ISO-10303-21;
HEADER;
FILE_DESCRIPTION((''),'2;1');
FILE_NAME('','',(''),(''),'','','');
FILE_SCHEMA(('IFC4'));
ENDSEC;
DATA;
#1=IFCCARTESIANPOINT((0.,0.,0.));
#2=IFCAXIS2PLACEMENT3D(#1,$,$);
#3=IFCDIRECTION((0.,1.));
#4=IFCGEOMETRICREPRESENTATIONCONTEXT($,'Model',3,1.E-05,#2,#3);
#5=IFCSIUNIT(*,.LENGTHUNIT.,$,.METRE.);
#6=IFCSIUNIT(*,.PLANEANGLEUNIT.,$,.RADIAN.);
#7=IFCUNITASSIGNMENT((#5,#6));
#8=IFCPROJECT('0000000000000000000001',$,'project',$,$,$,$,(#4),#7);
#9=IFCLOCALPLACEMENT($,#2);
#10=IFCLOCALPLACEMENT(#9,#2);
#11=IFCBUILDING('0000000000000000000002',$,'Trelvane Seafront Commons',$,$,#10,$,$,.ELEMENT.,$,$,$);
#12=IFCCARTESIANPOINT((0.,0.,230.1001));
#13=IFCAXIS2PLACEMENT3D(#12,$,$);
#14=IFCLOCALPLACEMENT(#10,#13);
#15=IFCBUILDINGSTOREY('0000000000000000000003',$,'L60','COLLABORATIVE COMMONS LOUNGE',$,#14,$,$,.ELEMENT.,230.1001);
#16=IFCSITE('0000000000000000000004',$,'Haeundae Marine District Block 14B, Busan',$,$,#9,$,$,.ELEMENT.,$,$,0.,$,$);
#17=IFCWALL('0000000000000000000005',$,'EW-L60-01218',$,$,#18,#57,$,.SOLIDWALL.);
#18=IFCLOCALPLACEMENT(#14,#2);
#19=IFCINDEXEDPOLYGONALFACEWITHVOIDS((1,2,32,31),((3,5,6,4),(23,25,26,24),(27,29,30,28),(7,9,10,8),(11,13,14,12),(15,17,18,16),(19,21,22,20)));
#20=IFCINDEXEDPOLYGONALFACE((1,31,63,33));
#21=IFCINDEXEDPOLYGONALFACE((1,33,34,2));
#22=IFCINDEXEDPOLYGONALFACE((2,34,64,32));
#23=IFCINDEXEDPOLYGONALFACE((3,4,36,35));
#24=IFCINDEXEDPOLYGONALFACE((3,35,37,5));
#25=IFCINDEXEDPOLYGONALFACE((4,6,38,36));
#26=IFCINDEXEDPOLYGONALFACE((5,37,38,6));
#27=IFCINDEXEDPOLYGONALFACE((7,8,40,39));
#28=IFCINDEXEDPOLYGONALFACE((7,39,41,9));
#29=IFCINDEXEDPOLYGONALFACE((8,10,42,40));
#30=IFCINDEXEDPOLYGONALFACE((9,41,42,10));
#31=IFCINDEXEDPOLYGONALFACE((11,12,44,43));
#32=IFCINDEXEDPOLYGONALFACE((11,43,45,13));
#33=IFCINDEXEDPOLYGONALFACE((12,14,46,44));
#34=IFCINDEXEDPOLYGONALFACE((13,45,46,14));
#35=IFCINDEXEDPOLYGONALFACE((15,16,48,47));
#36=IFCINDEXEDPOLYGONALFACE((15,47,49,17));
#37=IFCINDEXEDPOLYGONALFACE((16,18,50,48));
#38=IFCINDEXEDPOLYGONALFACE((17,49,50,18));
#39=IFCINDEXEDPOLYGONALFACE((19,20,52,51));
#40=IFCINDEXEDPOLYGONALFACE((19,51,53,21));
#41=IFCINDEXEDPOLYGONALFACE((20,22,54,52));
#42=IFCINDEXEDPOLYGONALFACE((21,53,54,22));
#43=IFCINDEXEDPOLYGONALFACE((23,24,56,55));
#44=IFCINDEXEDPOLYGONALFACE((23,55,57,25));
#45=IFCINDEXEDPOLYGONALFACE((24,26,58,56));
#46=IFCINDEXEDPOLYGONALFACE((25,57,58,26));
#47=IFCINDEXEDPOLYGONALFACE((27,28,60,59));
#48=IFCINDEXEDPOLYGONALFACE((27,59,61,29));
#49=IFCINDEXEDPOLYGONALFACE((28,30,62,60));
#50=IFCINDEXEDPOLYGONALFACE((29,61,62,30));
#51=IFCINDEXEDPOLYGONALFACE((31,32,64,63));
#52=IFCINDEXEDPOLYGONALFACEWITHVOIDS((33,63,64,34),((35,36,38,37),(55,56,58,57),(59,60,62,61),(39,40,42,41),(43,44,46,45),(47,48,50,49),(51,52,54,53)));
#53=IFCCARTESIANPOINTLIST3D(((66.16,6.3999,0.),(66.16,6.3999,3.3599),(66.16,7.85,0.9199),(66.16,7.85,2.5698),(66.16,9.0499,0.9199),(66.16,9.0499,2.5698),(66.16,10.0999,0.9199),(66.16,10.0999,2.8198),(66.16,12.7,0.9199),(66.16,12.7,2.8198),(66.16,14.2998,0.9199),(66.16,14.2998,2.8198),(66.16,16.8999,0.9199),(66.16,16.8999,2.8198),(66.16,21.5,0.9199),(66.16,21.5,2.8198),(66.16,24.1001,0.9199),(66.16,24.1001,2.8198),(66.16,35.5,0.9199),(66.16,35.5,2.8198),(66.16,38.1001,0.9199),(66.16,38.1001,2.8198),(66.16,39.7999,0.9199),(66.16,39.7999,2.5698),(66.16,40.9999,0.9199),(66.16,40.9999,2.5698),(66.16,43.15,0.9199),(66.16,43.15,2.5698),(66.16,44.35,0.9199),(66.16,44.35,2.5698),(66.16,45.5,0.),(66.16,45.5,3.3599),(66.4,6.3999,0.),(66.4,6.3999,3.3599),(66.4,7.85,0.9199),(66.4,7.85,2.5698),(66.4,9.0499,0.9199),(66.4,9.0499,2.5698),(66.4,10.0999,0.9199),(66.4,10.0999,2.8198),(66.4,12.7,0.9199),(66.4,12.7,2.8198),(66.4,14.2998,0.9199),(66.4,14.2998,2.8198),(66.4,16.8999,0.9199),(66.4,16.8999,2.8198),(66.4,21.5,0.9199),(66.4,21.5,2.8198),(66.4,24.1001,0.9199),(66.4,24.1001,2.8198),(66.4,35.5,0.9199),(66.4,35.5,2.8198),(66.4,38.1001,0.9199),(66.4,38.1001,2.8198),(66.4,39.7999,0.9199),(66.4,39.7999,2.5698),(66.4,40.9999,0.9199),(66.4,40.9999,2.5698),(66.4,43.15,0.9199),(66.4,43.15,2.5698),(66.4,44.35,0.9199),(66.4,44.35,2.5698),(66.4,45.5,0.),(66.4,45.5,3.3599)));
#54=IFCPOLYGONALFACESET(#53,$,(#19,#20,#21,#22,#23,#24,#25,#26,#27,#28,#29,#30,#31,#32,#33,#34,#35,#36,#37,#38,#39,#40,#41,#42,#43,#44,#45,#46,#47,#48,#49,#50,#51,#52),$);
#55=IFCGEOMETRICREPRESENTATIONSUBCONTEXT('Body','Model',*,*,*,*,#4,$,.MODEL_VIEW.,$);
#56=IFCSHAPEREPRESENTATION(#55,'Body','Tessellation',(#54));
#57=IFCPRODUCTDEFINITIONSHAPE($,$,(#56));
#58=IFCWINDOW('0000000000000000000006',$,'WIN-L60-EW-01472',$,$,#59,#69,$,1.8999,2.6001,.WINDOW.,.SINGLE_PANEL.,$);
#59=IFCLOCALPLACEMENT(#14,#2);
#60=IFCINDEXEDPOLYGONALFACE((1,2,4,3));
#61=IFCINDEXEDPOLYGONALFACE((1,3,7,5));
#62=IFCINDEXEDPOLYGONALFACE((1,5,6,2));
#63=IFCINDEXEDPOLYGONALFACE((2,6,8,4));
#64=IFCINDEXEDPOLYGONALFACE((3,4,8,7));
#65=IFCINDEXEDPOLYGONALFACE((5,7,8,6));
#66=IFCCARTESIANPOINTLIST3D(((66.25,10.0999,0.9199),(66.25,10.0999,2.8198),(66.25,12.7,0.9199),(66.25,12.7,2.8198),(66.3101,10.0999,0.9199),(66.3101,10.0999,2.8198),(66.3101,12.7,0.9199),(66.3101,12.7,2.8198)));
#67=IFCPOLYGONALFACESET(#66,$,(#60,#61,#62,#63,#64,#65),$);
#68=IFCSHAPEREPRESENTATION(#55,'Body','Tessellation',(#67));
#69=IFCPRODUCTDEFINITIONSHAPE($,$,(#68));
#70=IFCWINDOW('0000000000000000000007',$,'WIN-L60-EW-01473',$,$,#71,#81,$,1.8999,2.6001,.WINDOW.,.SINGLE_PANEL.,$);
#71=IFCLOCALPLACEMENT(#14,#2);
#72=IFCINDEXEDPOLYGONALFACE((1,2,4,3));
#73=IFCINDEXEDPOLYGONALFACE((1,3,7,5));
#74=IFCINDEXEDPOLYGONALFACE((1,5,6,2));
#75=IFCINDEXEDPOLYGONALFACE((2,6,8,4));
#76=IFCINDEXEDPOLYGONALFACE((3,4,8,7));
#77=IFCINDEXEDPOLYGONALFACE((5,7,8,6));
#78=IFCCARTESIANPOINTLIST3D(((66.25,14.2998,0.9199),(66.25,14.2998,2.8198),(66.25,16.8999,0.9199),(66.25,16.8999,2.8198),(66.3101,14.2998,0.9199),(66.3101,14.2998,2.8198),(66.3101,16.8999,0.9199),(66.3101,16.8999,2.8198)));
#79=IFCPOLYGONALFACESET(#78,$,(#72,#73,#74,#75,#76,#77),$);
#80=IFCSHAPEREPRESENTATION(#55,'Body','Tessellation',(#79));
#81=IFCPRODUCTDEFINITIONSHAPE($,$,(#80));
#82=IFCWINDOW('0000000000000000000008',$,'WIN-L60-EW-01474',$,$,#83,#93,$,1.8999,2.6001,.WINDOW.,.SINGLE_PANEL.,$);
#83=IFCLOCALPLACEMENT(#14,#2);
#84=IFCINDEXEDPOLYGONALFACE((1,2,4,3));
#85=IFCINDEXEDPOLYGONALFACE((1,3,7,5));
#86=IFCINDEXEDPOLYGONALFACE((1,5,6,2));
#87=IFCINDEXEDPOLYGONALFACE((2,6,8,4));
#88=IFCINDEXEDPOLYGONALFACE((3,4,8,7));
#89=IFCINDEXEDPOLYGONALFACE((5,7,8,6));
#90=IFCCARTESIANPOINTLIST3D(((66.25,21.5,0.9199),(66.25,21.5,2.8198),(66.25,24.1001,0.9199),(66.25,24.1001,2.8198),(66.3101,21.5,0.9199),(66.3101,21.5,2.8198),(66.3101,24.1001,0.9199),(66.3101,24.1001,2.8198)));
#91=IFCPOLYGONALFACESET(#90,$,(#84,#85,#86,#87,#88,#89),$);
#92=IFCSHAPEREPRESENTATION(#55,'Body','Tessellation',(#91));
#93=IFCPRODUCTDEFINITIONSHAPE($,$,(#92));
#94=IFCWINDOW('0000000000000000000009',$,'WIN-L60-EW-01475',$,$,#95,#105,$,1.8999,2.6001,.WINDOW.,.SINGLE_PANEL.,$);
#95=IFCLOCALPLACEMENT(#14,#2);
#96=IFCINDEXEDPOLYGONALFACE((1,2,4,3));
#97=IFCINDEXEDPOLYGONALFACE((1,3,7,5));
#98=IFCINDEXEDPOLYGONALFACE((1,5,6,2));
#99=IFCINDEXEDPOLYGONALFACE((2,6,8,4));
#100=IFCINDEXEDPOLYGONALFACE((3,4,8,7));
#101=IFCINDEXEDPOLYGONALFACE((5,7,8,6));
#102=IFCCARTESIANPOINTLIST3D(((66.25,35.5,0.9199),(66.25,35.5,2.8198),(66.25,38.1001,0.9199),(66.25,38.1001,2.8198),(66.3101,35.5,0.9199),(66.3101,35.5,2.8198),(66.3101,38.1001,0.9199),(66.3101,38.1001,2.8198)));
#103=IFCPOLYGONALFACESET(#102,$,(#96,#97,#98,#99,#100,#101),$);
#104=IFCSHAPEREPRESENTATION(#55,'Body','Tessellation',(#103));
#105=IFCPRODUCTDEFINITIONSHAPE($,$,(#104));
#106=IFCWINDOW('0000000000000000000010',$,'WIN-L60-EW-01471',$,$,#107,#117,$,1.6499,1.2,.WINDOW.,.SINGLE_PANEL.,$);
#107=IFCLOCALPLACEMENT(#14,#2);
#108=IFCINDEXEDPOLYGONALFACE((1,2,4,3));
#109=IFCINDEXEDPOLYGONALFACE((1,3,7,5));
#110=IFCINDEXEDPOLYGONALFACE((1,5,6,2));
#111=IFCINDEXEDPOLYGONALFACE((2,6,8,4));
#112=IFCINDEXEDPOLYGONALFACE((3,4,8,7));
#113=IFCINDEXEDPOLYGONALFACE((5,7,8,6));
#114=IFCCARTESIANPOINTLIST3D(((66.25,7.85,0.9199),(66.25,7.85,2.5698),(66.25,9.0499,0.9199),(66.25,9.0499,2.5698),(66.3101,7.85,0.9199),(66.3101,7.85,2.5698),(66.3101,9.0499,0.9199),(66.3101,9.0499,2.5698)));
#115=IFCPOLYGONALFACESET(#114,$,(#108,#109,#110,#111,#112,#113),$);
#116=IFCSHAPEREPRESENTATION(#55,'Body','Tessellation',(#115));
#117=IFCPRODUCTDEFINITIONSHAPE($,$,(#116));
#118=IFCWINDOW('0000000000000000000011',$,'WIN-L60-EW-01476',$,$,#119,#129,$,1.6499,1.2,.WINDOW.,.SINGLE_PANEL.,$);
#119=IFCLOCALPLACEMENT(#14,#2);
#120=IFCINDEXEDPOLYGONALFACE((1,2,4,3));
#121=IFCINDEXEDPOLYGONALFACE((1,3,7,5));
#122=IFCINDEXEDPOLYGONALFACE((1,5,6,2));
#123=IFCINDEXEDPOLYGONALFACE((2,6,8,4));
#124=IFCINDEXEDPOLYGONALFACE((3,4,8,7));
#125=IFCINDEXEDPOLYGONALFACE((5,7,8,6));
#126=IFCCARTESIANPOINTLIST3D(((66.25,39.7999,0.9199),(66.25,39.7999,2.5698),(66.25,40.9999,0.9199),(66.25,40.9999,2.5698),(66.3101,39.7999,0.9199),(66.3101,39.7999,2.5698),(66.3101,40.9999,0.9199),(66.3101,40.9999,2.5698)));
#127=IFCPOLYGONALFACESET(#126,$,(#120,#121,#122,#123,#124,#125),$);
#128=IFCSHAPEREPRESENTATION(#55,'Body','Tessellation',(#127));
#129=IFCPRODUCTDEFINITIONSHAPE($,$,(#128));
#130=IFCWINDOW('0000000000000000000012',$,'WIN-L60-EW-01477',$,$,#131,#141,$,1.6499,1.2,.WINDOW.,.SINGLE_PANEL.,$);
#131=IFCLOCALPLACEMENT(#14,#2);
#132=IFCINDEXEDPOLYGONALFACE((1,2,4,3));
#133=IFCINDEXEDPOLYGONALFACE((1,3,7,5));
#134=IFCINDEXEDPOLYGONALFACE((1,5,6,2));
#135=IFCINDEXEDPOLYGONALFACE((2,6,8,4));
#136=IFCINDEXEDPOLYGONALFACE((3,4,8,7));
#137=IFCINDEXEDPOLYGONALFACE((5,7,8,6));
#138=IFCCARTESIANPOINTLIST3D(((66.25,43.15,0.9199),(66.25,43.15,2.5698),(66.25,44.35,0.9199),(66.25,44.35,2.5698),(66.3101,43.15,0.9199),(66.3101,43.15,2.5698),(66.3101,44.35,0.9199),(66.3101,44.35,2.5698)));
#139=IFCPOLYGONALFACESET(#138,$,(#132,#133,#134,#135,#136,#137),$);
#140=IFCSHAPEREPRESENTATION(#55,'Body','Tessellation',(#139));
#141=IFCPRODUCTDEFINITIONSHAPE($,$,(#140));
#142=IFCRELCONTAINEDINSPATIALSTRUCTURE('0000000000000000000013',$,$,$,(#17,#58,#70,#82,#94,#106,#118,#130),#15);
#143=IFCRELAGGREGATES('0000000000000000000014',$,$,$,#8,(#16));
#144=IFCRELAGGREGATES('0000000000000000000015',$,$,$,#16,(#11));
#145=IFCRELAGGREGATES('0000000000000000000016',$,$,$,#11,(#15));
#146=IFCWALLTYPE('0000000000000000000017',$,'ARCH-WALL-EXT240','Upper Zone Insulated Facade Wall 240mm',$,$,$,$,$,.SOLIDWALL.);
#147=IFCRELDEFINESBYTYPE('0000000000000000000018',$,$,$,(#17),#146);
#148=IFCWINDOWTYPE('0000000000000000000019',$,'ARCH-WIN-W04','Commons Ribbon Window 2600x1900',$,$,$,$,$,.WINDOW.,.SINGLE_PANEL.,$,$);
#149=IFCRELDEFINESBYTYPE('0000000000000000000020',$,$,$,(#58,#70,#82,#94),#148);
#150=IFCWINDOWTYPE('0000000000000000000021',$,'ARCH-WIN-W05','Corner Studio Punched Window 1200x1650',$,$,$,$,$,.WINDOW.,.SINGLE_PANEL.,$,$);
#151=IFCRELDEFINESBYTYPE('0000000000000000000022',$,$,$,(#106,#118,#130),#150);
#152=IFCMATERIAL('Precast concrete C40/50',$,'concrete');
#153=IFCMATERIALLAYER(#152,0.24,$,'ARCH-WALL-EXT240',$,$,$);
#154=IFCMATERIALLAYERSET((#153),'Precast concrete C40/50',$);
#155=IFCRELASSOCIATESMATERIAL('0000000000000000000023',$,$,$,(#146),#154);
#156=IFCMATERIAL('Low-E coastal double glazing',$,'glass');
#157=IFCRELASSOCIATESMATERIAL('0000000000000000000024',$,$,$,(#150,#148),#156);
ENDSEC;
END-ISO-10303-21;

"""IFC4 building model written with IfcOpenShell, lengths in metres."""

from ifc_helpers import new_model, si_unit, direction, frame, frame_2d, origin, place, context, subcontext, project, spatial, rectangle, extrude, source, transform, mapped, material, layer, layer_set, type_object, element, fill, save


model = new_model("IFC4")

# Units and contexts
model_context = context("Model", 3, precision=1e-05, world=origin(), true_north=direction((0.0, 1.0)))
body_context = subcontext(model_context, "Body", "Model", "MODEL_VIEW")
ifc_project = project(units=[si_unit("LENGTHUNIT", "METRE"), si_unit("PLANEANGLEUNIT", "RADIAN")], contexts=[model_context])

# Site, building, storey
site_placement = place(None, origin())
site = spatial("IfcSite", under=ifc_project, at=site_placement, Name="Haeundae Marine District Block 14B, Busan", CompositionType="ELEMENT", RefElevation=0.0)
building_placement = place(site_placement, origin())
building = spatial("IfcBuilding", under=site, at=building_placement, Name="Trelvane Seafront Commons", CompositionType="ELEMENT")
storey_placement = place(building_placement, frame((0.0, 0.0, 230.1001)))
storey = spatial("IfcBuildingStorey", under=building, at=storey_placement, Name="L60", Description="COLLABORATIVE COMMONS LOUNGE", CompositionType="ELEMENT", Elevation=230.1001)

# Shared definitions
ifc_material_1 = material(Name="Low-E coastal double glazing", Category="glass")

# Shared definitions
ifc_material_2 = material(Name="Precast concrete C40/50", Category="concrete")
ifc_layer_1 = layer(ifc_material_2, 0.24, Name="ARCH-WALL-EXT240")
ifc_layer_set_1 = layer_set([ifc_layer_1], Name="Precast concrete C40/50")
wall_type_1 = type_object("IfcWallType", Name="ARCH-WALL-EXT240", Description="Upper Zone Insulated Facade Wall 240mm", PredefinedType="SOLIDWALL", material=ifc_layer_set_1)
window_type_1 = type_object("IfcWindowType", Name="ARCH-WIN-W05", Description="Corner Studio Punched Window 1200x1650", PartitioningType="SINGLE_PANEL", PredefinedType="WINDOW", material=ifc_material_1)
shared_shape_1 = source(origin(), body_context, "Body", "SweptSolid", [
    extrude(rectangle(XDim=1.2, YDim=1.6499, at=frame_2d((0.6001, 0.825))), frame((0.0, 0.03, 0.0), z_axis=(0.0, -1.0, 0.0), x_axis=(1.0, 0.0, 0.0)), (0.0, 0.0, 1.0), 0.0601),
])

# Wall, openings, windows
wall_1_placement = place(storey_placement, frame((66.28, 45.5, 0.0), z_axis=(0.0, 0.0, 1.0), x_axis=(0.0, -1.0, 0.0)))
wall_1 = element("IfcWall", 1, at=wall_1_placement, inside=storey, type_object=wall_type_1, Name="EW-L60-01218", PredefinedType="SOLIDWALL", context=body_context, shape_type="SweptSolid", body=[
    extrude(rectangle(XDim=39.1001, YDim=0.24, at=frame_2d((19.55, 0.0))), origin(), (0.0, 0.0, 1.0), 3.3599),
])
opening_1_placement = place(wall_1_placement, frame((36.45, 0.0, 0.9199)))
opening_1 = element("IfcOpeningElement", 2, at=opening_1_placement, cuts=wall_1, PredefinedType="OPENING", context=body_context, shape_type="SweptSolid", body=[
    extrude(rectangle(XDim=1.2, YDim=1.6499, at=frame_2d((0.6001, 0.825))), frame((0.0, 0.1299, 0.0), z_axis=(0.0, -1.0, 0.0), x_axis=(1.0, 0.0, 0.0)), (0.0, 0.0, 1.0), 0.26),
])
opening_2_placement = place(wall_1_placement, frame((32.8, 0.0, 0.9199)))
opening_2 = element("IfcOpeningElement", 3, at=opening_2_placement, cuts=wall_1, PredefinedType="OPENING", context=body_context, shape_type="SweptSolid", body=[
    extrude(rectangle(XDim=2.6001, YDim=1.8999, at=frame_2d((1.3, 0.95))), frame((0.0, 0.1299, 0.0), z_axis=(0.0, -1.0, 0.0), x_axis=(1.0, 0.0, 0.0)), (0.0, 0.0, 1.0), 0.26),
])
opening_3_placement = place(wall_1_placement, frame((28.6001, 0.0, 0.9199)))
opening_3 = element("IfcOpeningElement", 4, at=opening_3_placement, cuts=wall_1, PredefinedType="OPENING", context=body_context, shape_type="SweptSolid", body=[
    extrude(rectangle(XDim=2.6001, YDim=1.8999, at=frame_2d((1.3, 0.95))), frame((0.0, 0.1299, 0.0), z_axis=(0.0, -1.0, 0.0), x_axis=(1.0, 0.0, 0.0)), (0.0, 0.0, 1.0), 0.26),
])
opening_4_placement = place(wall_1_placement, frame((21.3999, 0.0, 0.9199)))
opening_4 = element("IfcOpeningElement", 5, at=opening_4_placement, cuts=wall_1, PredefinedType="OPENING", context=body_context, shape_type="SweptSolid", body=[
    extrude(rectangle(XDim=2.6001, YDim=1.8999, at=frame_2d((1.3, 0.95))), frame((0.0, 0.1299, 0.0), z_axis=(0.0, -1.0, 0.0), x_axis=(1.0, 0.0, 0.0)), (0.0, 0.0, 1.0), 0.26),
])
opening_5_placement = place(wall_1_placement, frame((7.3999, 0.0, 0.9199)))
opening_5 = element("IfcOpeningElement", 6, at=opening_5_placement, cuts=wall_1, PredefinedType="OPENING", context=body_context, shape_type="SweptSolid", body=[
    extrude(rectangle(XDim=2.6001, YDim=1.8999, at=frame_2d((1.3, 0.95))), frame((0.0, 0.1299, 0.0), z_axis=(0.0, -1.0, 0.0), x_axis=(1.0, 0.0, 0.0)), (0.0, 0.0, 1.0), 0.26),
])
opening_6_placement = place(wall_1_placement, frame((4.5, 0.0, 0.9199)))
opening_6 = element("IfcOpeningElement", 7, at=opening_6_placement, cuts=wall_1, PredefinedType="OPENING", context=body_context, shape_type="SweptSolid", body=[
    extrude(rectangle(XDim=1.2, YDim=1.6499, at=frame_2d((0.6001, 0.825))), frame((0.0, 0.1299, 0.0), z_axis=(0.0, -1.0, 0.0), x_axis=(1.0, 0.0, 0.0)), (0.0, 0.0, 1.0), 0.26),
])
opening_7_placement = place(wall_1_placement, frame((1.1499, 0.0, 0.9199)))
opening_7 = element("IfcOpeningElement", 8, at=opening_7_placement, cuts=wall_1, PredefinedType="OPENING", context=body_context, shape_type="SweptSolid", body=[
    extrude(rectangle(XDim=1.2, YDim=1.6499, at=frame_2d((0.6001, 0.825))), frame((0.0, 0.1299, 0.0), z_axis=(0.0, -1.0, 0.0), x_axis=(1.0, 0.0, 0.0)), (0.0, 0.0, 1.0), 0.26),
])
window_type_2 = type_object("IfcWindowType", Name="ARCH-WIN-W04", Description="Commons Ribbon Window 2600x1900", PartitioningType="SINGLE_PANEL", PredefinedType="WINDOW", material=ifc_material_1)
shared_shape_2 = source(origin(), body_context, "Body", "SweptSolid", [
    extrude(rectangle(XDim=2.6001, YDim=1.8999, at=frame_2d((1.3, 0.95))), frame((0.0, 0.03, 0.0), z_axis=(0.0, -1.0, 0.0), x_axis=(1.0, 0.0, 0.0)), (0.0, 0.0, 1.0), 0.0601),
])
window_1_placement = place(opening_2_placement, origin())
window_1 = element("IfcWindow", 9, at=window_1_placement, inside=storey, type_object=window_type_2, Name="WIN-L60-EW-01472", OverallHeight=1.8999, OverallWidth=2.6001, PartitioningType="SINGLE_PANEL", PredefinedType="WINDOW", context=body_context, shape_type="MappedRepresentation", body=[
    mapped(shared_shape_2, transform((0.0, 0.0, 0.0), x_axis=(1.0, 0.0, 0.0), y_axis=(0.0, 1.0, 0.0), z_axis=(0.0, 0.0, 1.0), scale=1.0)),
])
fill(opening_2, window_1)
window_2_placement = place(opening_3_placement, origin())
window_2 = element("IfcWindow", 10, at=window_2_placement, inside=storey, type_object=window_type_2, Name="WIN-L60-EW-01473", OverallHeight=1.8999, OverallWidth=2.6001, PartitioningType="SINGLE_PANEL", PredefinedType="WINDOW", context=body_context, shape_type="MappedRepresentation", body=[
    mapped(shared_shape_2, transform((0.0, 0.0, 0.0), x_axis=(1.0, 0.0, 0.0), y_axis=(0.0, 1.0, 0.0), z_axis=(0.0, 0.0, 1.0), scale=1.0)),
])
fill(opening_3, window_2)
window_3_placement = place(opening_4_placement, origin())
window_3 = element("IfcWindow", 11, at=window_3_placement, inside=storey, type_object=window_type_2, Name="WIN-L60-EW-01474", OverallHeight=1.8999, OverallWidth=2.6001, PartitioningType="SINGLE_PANEL", PredefinedType="WINDOW", context=body_context, shape_type="MappedRepresentation", body=[
    mapped(shared_shape_2, transform((0.0, 0.0, 0.0), x_axis=(1.0, 0.0, 0.0), y_axis=(0.0, 1.0, 0.0), z_axis=(0.0, 0.0, 1.0), scale=1.0)),
])
fill(opening_4, window_3)
window_4_placement = place(opening_5_placement, origin())
window_4 = element("IfcWindow", 12, at=window_4_placement, inside=storey, type_object=window_type_2, Name="WIN-L60-EW-01475", OverallHeight=1.8999, OverallWidth=2.6001, PartitioningType="SINGLE_PANEL", PredefinedType="WINDOW", context=body_context, shape_type="MappedRepresentation", body=[
    mapped(shared_shape_2, transform((0.0, 0.0, 0.0), x_axis=(1.0, 0.0, 0.0), y_axis=(0.0, 1.0, 0.0), z_axis=(0.0, 0.0, 1.0), scale=1.0)),
])
fill(opening_5, window_4)
window_5_placement = place(opening_1_placement, origin())
window_5 = element("IfcWindow", 13, at=window_5_placement, inside=storey, type_object=window_type_1, Name="WIN-L60-EW-01471", OverallHeight=1.6499, OverallWidth=1.2, PartitioningType="SINGLE_PANEL", PredefinedType="WINDOW", context=body_context, shape_type="MappedRepresentation", body=[
    mapped(shared_shape_1, transform((0.0, 0.0, 0.0), x_axis=(1.0, 0.0, 0.0), y_axis=(0.0, 1.0, 0.0), z_axis=(0.0, 0.0, 1.0), scale=1.0)),
])
fill(opening_1, window_5)
window_6_placement = place(opening_6_placement, origin())
window_6 = element("IfcWindow", 14, at=window_6_placement, inside=storey, type_object=window_type_1, Name="WIN-L60-EW-01476", OverallHeight=1.6499, OverallWidth=1.2, PartitioningType="SINGLE_PANEL", PredefinedType="WINDOW", context=body_context, shape_type="MappedRepresentation", body=[
    mapped(shared_shape_1, transform((0.0, 0.0, 0.0), x_axis=(1.0, 0.0, 0.0), y_axis=(0.0, 1.0, 0.0), z_axis=(0.0, 0.0, 1.0), scale=1.0)),
])
fill(opening_6, window_6)
window_7_placement = place(opening_7_placement, origin())
window_7 = element("IfcWindow", 15, at=window_7_placement, inside=storey, type_object=window_type_1, Name="WIN-L60-EW-01477", OverallHeight=1.6499, OverallWidth=1.2, PartitioningType="SINGLE_PANEL", PredefinedType="WINDOW", context=body_context, shape_type="MappedRepresentation", body=[
    mapped(shared_shape_1, transform((0.0, 0.0, 0.0), x_axis=(1.0, 0.0, 0.0), y_axis=(0.0, 1.0, 0.0), z_axis=(0.0, 0.0, 1.0), scale=1.0)),
])
fill(opening_7, window_7)

save(model, "model.ifc")
